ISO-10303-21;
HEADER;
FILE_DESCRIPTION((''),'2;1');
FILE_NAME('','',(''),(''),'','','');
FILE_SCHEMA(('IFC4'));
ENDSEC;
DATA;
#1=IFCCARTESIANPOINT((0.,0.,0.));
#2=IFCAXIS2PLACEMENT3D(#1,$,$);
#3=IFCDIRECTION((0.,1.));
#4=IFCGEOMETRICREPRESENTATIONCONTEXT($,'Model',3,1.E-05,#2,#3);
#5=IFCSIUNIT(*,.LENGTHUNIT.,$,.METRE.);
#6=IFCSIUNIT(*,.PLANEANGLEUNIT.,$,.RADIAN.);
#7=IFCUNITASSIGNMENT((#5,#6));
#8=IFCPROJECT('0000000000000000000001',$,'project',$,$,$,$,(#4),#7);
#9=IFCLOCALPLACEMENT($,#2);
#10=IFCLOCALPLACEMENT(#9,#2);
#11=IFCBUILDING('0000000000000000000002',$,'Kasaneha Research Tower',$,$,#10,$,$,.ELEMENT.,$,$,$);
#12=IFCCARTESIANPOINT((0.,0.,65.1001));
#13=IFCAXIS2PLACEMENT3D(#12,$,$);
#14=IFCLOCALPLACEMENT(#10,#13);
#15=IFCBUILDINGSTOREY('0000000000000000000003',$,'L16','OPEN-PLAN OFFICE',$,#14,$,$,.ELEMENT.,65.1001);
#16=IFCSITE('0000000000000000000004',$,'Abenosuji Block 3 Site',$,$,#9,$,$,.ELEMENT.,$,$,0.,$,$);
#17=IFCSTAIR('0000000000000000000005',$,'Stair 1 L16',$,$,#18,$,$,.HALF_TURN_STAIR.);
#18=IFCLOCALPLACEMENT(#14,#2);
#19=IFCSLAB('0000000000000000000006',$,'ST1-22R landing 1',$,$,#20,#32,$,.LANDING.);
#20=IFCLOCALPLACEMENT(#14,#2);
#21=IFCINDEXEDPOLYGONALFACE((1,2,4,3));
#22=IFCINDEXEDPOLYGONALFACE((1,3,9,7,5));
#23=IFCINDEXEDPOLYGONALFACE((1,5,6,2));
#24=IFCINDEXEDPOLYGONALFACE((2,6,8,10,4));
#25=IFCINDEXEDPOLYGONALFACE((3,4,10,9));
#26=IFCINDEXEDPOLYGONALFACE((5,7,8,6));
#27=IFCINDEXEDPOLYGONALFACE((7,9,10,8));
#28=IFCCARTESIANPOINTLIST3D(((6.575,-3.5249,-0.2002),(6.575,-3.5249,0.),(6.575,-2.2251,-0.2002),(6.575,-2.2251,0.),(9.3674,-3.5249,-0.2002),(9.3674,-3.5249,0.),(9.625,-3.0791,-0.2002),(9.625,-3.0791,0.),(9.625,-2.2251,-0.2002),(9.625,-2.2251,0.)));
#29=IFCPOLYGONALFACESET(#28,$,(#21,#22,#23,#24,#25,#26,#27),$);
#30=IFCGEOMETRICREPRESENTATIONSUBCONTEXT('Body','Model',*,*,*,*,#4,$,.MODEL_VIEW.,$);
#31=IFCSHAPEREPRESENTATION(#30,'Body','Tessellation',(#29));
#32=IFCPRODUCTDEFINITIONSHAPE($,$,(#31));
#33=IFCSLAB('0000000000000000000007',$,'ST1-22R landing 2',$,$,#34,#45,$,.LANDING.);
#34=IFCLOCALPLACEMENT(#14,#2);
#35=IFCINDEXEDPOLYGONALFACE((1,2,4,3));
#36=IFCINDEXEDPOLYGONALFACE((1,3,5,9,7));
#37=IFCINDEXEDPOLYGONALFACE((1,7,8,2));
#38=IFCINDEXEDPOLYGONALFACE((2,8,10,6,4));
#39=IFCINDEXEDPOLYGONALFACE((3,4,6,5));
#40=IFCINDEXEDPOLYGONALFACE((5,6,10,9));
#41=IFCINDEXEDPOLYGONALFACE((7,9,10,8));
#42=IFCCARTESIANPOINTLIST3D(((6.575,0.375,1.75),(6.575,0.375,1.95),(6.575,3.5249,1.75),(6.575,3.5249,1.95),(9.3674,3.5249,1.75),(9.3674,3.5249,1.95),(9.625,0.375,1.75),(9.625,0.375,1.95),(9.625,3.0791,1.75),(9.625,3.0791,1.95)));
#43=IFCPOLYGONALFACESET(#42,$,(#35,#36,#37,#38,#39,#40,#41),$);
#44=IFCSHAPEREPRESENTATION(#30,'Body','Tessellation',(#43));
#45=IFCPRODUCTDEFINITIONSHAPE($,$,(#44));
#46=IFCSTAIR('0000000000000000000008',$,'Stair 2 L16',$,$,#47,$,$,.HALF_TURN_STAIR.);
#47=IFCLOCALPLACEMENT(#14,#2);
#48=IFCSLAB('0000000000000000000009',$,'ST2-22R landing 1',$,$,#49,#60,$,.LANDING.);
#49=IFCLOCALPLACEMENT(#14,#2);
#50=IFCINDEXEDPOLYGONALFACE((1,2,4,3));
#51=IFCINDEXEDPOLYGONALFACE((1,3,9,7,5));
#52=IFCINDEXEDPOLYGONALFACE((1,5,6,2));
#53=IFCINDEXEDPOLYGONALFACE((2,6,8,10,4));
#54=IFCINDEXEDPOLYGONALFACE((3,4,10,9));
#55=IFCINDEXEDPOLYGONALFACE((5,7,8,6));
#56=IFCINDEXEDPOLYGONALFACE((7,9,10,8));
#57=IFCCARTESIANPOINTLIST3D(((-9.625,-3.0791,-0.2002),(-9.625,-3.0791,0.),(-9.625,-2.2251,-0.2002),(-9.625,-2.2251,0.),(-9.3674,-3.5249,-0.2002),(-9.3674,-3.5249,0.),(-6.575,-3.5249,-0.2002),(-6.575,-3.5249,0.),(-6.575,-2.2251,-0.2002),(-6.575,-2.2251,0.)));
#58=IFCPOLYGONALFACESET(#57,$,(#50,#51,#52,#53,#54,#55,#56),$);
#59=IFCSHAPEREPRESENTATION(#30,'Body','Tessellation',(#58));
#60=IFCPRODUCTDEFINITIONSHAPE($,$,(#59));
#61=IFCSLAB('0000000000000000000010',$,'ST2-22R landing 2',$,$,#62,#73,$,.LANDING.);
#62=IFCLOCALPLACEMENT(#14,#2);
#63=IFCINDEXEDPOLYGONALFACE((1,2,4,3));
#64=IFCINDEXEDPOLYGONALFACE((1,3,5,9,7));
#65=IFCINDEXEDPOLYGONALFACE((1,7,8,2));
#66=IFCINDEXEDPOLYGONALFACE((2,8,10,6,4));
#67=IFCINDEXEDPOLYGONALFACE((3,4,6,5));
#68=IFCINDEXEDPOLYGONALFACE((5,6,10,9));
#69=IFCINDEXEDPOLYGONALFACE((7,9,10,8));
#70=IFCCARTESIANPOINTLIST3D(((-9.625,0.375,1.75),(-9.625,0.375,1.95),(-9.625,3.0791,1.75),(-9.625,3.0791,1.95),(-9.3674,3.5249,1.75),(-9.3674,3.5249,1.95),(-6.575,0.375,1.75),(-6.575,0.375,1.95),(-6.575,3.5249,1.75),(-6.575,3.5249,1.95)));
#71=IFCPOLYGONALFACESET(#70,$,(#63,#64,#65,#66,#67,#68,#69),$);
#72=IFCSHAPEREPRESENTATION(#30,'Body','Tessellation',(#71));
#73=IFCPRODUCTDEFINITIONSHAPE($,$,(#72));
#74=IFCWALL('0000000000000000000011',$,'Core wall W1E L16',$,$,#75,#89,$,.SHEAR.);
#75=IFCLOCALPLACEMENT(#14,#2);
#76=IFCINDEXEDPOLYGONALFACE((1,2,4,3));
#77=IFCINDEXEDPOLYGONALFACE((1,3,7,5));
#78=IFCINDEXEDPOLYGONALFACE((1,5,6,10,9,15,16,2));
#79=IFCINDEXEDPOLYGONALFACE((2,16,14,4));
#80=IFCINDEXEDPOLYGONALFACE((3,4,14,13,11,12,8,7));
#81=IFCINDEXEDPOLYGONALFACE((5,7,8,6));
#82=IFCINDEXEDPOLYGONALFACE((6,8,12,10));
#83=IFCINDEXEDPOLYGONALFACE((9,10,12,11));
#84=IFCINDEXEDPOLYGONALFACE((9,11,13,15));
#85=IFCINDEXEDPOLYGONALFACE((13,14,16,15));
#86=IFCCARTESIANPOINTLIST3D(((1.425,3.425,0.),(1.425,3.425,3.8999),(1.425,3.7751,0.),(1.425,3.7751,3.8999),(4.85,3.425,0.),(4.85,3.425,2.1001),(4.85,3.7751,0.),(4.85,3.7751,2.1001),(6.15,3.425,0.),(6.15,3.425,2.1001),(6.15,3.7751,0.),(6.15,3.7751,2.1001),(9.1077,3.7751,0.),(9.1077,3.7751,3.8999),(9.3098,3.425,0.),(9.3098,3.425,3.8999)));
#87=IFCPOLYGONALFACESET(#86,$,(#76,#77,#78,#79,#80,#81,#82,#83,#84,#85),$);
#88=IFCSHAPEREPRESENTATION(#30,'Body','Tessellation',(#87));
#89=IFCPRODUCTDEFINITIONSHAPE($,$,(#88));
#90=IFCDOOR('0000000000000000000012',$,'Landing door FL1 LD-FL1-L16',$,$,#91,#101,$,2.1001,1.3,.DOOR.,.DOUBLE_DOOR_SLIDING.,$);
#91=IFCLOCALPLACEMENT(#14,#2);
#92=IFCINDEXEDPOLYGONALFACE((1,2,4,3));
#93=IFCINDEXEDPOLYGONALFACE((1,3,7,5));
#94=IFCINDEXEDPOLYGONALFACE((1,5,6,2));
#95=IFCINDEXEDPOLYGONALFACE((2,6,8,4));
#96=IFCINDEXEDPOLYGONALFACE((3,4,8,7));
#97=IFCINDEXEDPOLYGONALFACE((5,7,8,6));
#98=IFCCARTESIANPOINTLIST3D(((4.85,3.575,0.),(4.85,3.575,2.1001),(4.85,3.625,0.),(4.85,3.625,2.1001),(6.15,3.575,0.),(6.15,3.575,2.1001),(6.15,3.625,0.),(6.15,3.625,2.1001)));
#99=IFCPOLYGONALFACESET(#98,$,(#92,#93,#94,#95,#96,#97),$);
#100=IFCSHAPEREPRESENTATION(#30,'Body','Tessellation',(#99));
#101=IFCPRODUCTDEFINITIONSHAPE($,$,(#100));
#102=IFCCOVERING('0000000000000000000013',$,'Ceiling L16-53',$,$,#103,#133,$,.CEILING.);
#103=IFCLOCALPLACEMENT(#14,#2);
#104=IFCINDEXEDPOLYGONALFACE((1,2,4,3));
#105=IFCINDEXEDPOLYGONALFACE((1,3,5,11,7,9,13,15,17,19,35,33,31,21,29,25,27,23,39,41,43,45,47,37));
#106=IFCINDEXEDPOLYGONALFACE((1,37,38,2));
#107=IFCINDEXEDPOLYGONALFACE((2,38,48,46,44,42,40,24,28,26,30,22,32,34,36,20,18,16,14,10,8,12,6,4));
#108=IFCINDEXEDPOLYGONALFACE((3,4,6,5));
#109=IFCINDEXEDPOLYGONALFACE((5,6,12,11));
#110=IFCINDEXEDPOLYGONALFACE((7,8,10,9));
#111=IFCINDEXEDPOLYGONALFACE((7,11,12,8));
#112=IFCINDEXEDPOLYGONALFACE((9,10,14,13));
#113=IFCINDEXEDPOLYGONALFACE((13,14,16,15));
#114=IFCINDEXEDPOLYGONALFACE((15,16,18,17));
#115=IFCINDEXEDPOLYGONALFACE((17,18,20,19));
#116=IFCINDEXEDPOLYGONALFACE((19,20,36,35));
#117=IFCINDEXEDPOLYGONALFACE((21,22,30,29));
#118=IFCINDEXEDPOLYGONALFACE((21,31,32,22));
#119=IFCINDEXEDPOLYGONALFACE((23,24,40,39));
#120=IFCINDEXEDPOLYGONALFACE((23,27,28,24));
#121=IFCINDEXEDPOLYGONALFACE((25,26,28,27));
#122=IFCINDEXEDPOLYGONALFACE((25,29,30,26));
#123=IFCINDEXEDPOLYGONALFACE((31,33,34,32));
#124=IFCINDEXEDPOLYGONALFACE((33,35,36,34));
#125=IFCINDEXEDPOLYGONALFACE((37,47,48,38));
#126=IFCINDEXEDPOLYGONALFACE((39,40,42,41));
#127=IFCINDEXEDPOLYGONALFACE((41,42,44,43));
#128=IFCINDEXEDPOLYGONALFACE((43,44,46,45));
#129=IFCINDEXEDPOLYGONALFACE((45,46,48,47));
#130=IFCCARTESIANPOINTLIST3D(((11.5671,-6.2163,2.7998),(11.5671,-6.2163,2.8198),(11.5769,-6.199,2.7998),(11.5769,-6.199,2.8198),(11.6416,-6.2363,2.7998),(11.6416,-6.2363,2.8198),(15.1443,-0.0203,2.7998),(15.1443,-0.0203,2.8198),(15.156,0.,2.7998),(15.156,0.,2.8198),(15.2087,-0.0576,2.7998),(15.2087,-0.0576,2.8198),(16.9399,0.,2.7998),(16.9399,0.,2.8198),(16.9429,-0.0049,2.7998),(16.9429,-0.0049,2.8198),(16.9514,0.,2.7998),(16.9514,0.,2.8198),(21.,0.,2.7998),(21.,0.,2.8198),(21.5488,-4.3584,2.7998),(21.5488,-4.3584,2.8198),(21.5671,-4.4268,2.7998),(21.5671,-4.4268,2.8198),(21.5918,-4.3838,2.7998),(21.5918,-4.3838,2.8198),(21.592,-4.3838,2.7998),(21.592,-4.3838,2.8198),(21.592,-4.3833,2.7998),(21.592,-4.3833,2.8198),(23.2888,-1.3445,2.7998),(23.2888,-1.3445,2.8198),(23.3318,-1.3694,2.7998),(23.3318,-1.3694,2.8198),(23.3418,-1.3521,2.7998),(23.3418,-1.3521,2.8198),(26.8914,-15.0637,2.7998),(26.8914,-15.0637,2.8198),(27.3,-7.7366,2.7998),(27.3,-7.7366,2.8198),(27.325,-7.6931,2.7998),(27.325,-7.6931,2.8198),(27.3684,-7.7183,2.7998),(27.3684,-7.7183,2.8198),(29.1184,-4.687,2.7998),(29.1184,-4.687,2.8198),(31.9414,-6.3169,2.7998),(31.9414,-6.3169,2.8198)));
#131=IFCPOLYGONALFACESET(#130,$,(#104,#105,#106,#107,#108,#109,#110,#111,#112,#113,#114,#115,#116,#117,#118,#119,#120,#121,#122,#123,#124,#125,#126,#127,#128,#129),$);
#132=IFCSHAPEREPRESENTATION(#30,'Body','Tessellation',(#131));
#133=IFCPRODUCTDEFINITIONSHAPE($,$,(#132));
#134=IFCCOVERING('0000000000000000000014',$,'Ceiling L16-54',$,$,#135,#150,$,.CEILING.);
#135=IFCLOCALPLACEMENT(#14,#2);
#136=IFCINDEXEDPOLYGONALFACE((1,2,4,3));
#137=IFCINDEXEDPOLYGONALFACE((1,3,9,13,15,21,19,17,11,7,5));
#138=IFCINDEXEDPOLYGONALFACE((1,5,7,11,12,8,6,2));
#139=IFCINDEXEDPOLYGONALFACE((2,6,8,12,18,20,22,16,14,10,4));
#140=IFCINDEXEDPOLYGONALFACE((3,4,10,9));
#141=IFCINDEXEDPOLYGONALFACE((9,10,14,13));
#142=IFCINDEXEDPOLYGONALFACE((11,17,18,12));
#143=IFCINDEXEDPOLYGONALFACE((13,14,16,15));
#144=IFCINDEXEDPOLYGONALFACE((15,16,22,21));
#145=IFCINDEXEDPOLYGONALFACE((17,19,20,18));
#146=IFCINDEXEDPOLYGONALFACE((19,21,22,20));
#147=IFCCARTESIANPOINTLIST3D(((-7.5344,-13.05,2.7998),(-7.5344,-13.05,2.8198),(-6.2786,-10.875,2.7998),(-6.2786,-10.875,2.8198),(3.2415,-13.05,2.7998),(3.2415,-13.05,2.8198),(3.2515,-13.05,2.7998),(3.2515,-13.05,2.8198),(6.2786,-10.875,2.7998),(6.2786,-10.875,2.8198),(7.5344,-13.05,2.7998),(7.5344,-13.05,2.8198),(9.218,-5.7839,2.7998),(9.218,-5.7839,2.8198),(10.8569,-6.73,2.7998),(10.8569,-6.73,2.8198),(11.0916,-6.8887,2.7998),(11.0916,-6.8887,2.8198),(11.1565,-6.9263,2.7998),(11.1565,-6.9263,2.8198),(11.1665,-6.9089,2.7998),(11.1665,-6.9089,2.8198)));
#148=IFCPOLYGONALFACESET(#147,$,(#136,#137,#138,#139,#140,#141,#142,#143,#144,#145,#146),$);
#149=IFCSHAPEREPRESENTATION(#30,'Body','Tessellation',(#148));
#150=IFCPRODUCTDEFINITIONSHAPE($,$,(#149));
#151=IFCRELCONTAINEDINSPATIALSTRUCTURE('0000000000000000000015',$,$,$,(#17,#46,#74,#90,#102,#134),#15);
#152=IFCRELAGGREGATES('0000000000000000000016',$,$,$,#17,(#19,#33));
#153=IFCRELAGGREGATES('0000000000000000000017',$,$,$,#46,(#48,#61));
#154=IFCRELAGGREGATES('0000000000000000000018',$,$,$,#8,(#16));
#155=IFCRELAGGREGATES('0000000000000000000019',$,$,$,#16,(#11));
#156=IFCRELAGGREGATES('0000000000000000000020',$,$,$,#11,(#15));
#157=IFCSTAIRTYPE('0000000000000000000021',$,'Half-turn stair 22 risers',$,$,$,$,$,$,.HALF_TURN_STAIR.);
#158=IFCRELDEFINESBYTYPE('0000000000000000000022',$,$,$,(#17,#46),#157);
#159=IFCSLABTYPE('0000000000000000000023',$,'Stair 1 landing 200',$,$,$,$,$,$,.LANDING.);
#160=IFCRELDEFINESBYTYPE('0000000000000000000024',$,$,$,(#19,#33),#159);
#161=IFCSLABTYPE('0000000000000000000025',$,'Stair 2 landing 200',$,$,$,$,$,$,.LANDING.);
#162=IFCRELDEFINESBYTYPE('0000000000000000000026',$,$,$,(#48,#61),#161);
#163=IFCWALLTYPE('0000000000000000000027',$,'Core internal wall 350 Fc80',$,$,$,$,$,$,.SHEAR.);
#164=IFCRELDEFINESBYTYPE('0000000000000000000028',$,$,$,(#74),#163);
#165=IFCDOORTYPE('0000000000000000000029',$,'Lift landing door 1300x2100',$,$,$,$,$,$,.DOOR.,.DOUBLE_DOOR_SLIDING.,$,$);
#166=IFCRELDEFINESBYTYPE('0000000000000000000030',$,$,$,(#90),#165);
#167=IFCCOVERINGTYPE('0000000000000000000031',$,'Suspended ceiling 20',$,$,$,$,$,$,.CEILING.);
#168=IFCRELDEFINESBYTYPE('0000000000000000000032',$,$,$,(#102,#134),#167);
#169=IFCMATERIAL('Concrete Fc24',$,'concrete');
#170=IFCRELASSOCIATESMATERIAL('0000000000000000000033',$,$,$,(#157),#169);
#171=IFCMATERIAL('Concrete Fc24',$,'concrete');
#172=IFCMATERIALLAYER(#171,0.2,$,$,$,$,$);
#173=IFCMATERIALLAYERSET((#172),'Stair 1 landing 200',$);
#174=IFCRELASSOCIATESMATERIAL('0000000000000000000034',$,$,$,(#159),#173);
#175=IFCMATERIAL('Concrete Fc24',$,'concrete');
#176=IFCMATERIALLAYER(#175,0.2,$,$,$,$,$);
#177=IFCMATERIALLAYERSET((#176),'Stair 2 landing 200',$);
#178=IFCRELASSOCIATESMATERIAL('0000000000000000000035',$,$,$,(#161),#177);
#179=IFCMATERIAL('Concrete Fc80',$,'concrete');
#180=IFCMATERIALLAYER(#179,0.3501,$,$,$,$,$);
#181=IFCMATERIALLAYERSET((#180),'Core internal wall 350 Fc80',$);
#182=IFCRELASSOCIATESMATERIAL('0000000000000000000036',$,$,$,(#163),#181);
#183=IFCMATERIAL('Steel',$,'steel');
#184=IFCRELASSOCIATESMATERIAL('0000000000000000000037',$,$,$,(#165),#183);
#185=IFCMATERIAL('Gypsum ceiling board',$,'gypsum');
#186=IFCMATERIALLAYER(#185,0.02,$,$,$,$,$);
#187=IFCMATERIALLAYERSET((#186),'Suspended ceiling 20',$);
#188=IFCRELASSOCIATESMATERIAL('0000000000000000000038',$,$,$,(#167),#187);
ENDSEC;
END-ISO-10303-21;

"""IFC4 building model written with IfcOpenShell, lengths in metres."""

from ifc_helpers import new_model, si_unit, direction, frame, frame_2d, origin, place, context, subcontext, project, spatial, polyline, rectangle, outline, extrude, material, layer, layer_set, type_object, element, fill, aggregate, save


model = new_model("IFC4")

# Units and contexts
model_context = context("Model", 3, precision=1e-05, world=origin(), true_north=direction((0.0, 1.0)))
body_context = subcontext(model_context, "Body", "Model", "MODEL_VIEW")
ifc_project = project(units=[si_unit("LENGTHUNIT", "METRE"), si_unit("PLANEANGLEUNIT", "RADIAN")], contexts=[model_context])

# Site, building, storey
site_placement = place(None, origin())
site = spatial("IfcSite", under=ifc_project, at=site_placement, Name="Abenosuji Block 3 Site", CompositionType="ELEMENT", RefElevation=0.0)
building_placement = place(site_placement, origin())
building = spatial("IfcBuilding", under=site, at=building_placement, Name="Kasaneha Research Tower", CompositionType="ELEMENT")
storey_placement = place(building_placement, frame((0.0, 0.0, 65.1001)))
storey = spatial("IfcBuildingStorey", under=building, at=storey_placement, Name="L16", Description="OPEN-PLAN OFFICE", CompositionType="ELEMENT", Elevation=65.1001)

# Stairs, slabs
ifc_material_1 = material(Name="Concrete Fc24", Category="concrete")
stair_type = type_object("IfcStairType", Name="Half-turn stair 22 risers", PredefinedType="HALF_TURN_STAIR", material=ifc_material_1)
stair_1_placement = place(storey_placement, origin())
stair_1 = element("IfcStair", 1, at=stair_1_placement, inside=storey, type_object=stair_type, Name="Stair 1 L16", PredefinedType="HALF_TURN_STAIR")
ifc_material_2 = material(Name="Concrete Fc24", Category="concrete")
ifc_layer_1 = layer(ifc_material_2, 0.2)
ifc_layer_set_1 = layer_set([ifc_layer_1], Name="Stair 1 landing 200")
slab_type_1 = type_object("IfcSlabType", Name="Stair 1 landing 200", PredefinedType="LANDING", material=ifc_layer_set_1)
slab_1_placement = place(storey_placement, frame((0.0, 0.0, -0.2002)))
slab_1 = element("IfcSlab", 2, at=slab_1_placement, type_object=slab_type_1, Name="ST1-22R landing 1", PredefinedType="LANDING", context=body_context, shape_type="SweptSolid", body=[
    extrude(outline(polyline([(9.3674, -3.5249), (6.575, -3.5249), (6.575, -2.2251), (9.625, -2.2251), (9.625, -3.0791), (9.3674, -3.5249)])), origin(), (0.0, 0.0, 1.0), 0.2002),
])
slab_2_placement = place(storey_placement, frame((0.0, 0.0, 1.75)))
slab_2 = element("IfcSlab", 3, at=slab_2_placement, type_object=slab_type_1, Name="ST1-22R landing 2", PredefinedType="LANDING", context=body_context, shape_type="SweptSolid", body=[
    extrude(outline(polyline([(6.575, 3.5249), (9.3674, 3.5249), (9.625, 3.0791), (9.625, 0.375), (6.575, 0.375), (6.575, 3.5249)])), origin(), (0.0, 0.0, 1.0), 0.2),
])
aggregate(stair_1, [slab_1, slab_2])
stair_2_placement = place(storey_placement, origin())
stair_2 = element("IfcStair", 4, at=stair_2_placement, inside=storey, type_object=stair_type, Name="Stair 2 L16", PredefinedType="HALF_TURN_STAIR")
ifc_material_3 = material(Name="Concrete Fc24", Category="concrete")
ifc_layer_2 = layer(ifc_material_3, 0.2)
ifc_layer_set_2 = layer_set([ifc_layer_2], Name="Stair 2 landing 200")
slab_type_2 = type_object("IfcSlabType", Name="Stair 2 landing 200", PredefinedType="LANDING", material=ifc_layer_set_2)
slab_3_placement = place(storey_placement, frame((0.0, 0.0, -0.2002)))
slab_3 = element("IfcSlab", 5, at=slab_3_placement, type_object=slab_type_2, Name="ST2-22R landing 1", PredefinedType="LANDING", context=body_context, shape_type="SweptSolid", body=[
    extrude(outline(polyline([(-6.575, -3.5249), (-9.3674, -3.5249), (-9.625, -3.0791), (-9.625, -2.2251), (-6.575, -2.2251), (-6.575, -3.5249)])), origin(), (0.0, 0.0, 1.0), 0.2002),
])
slab_4_placement = place(storey_placement, frame((0.0, 0.0, 1.75)))
slab_4 = element("IfcSlab", 6, at=slab_4_placement, type_object=slab_type_2, Name="ST2-22R landing 2", PredefinedType="LANDING", context=body_context, shape_type="SweptSolid", body=[
    extrude(outline(polyline([(-6.575, 0.375), (-9.625, 0.375), (-9.625, 3.0791), (-9.3674, 3.5249), (-6.575, 3.5249), (-6.575, 0.375)])), origin(), (0.0, 0.0, 1.0), 0.2),
])
aggregate(stair_2, [slab_3, slab_4])

# Wall, opening, door
ifc_material_4 = material(Name="Concrete Fc80", Category="concrete")
ifc_layer_3 = layer(ifc_material_4, 0.3501)
ifc_layer_set_3 = layer_set([ifc_layer_3], Name="Core internal wall 350 Fc80")
wall_type = type_object("IfcWallType", Name="Core internal wall 350 Fc80", PredefinedType="SHEAR", material=ifc_layer_set_3)
wall_placement = place(storey_placement, frame((1.425, 3.6001, 0.0), z_axis=(0.0, 0.0, 1.0), x_axis=(1.0, 0.0, 0.0)))
wall = element("IfcWall", 7, at=wall_placement, inside=storey, type_object=wall_type, Name="Core wall W1E L16", PredefinedType="SHEAR", context=body_context, shape_type="SweptSolid", body=[
    extrude(outline(polyline([(0.0, -0.175), (3.425, -0.175), (4.7251, -0.175), (7.8848, -0.175), (7.6826, 0.175), (4.7251, 0.175), (3.425, 0.175), (0.0, 0.175), (0.0, -0.175)])), origin(), (0.0, 0.0, 1.0), 3.8999),
])
opening_placement = place(wall_placement, frame((3.425, 0.0, 0.0)))
opening = element("IfcOpeningElement", 8, at=opening_placement, cuts=wall, PredefinedType="OPENING", context=body_context, shape_type="SweptSolid", body=[
    extrude(rectangle(XDim=1.3, YDim=2.1001, at=frame_2d((0.6499, 1.05))), frame((0.0, 0.1851, 0.0), z_axis=(0.0, -1.0, 0.0), x_axis=(1.0, 0.0, 0.0)), (0.0, 0.0, 1.0), 0.3701),
])
ifc_material_5 = material(Name="Steel", Category="steel")
door_type = type_object("IfcDoorType", Name="Lift landing door 1300x2100", OperationType="DOUBLE_DOOR_SLIDING", PredefinedType="DOOR", material=ifc_material_5)
door_placement = place(opening_placement, origin())
door = element("IfcDoor", 9, at=door_placement, inside=storey, type_object=door_type, Name="Landing door FL1 LD-FL1-L16", OperationType="DOUBLE_DOOR_SLIDING", OverallHeight=2.1001, OverallWidth=1.3, PredefinedType="DOOR", context=body_context, shape_type="SweptSolid", body=[
    extrude(rectangle(XDim=1.3, YDim=2.1001, at=frame_2d((0.6499, 1.05))), frame((0.0, 0.0249, 0.0), z_axis=(0.0, -1.0, 0.0), x_axis=(1.0, 0.0, 0.0)), (0.0, 0.0, 1.0), 0.05),
])
fill(opening, door)

# Coverings
ifc_material_6 = material(Name="Gypsum ceiling board", Category="gypsum")
ifc_layer_4 = layer(ifc_material_6, 0.02)
ifc_layer_set_4 = layer_set([ifc_layer_4], Name="Suspended ceiling 20")
covering_type_1 = type_object("IfcCoveringType", Name="Suspended ceiling 20", PredefinedType="CEILING", material=ifc_layer_set_4)
covering_1_placement = place(storey_placement, frame((0.0, 0.0, 2.7998)))
element("IfcCovering", 10, at=covering_1_placement, inside=storey, type_object=covering_type_1, Name="Ceiling L16-53", PredefinedType="CEILING", context=body_context, shape_type="SweptSolid", body=[
    extrude(outline(polyline([(16.9399, 0.0), (16.9429, -0.0049), (16.9514, 0.0), (21.0, 0.0), (23.3418, -1.3521), (23.3318, -1.3694), (23.2888, -1.3445), (21.5488, -4.3584), (21.592, -4.3833), (21.5918, -4.3838), (21.592, -4.3838), (21.5671, -4.4268), (27.3, -7.7366), (27.325, -7.6931), (27.3684, -7.7183), (29.1184, -4.687), (31.9414, -6.3169), (26.8914, -15.0637), (11.5671, -6.2163), (11.5769, -6.199), (11.6416, -6.2363), (15.2087, -0.0576), (15.1443, -0.0203), (15.156, 0.0), (16.9399, 0.0)])), origin(), (0.0, 0.0, 1.0), 0.02),
])
covering_2_placement = place(storey_placement, frame((0.0, 0.0, 2.7998)))
element("IfcCovering", 11, at=covering_2_placement, inside=storey, type_object=covering_type_1, Name="Ceiling L16-54", PredefinedType="CEILING", context=body_context, shape_type="SweptSolid", body=[
    extrude(outline(polyline([(-6.2786, -10.875), (6.2786, -10.875), (9.218, -5.7839), (10.8569, -6.73), (11.1665, -6.9089), (11.1565, -6.9263), (11.0916, -6.8887), (7.5344, -13.05), (3.2515, -13.05), (3.2415, -13.05), (-7.5344, -13.05), (-6.2786, -10.875)])), origin(), (0.0, 0.0, 1.0), 0.02),
])

save(model, "model.ifc")
